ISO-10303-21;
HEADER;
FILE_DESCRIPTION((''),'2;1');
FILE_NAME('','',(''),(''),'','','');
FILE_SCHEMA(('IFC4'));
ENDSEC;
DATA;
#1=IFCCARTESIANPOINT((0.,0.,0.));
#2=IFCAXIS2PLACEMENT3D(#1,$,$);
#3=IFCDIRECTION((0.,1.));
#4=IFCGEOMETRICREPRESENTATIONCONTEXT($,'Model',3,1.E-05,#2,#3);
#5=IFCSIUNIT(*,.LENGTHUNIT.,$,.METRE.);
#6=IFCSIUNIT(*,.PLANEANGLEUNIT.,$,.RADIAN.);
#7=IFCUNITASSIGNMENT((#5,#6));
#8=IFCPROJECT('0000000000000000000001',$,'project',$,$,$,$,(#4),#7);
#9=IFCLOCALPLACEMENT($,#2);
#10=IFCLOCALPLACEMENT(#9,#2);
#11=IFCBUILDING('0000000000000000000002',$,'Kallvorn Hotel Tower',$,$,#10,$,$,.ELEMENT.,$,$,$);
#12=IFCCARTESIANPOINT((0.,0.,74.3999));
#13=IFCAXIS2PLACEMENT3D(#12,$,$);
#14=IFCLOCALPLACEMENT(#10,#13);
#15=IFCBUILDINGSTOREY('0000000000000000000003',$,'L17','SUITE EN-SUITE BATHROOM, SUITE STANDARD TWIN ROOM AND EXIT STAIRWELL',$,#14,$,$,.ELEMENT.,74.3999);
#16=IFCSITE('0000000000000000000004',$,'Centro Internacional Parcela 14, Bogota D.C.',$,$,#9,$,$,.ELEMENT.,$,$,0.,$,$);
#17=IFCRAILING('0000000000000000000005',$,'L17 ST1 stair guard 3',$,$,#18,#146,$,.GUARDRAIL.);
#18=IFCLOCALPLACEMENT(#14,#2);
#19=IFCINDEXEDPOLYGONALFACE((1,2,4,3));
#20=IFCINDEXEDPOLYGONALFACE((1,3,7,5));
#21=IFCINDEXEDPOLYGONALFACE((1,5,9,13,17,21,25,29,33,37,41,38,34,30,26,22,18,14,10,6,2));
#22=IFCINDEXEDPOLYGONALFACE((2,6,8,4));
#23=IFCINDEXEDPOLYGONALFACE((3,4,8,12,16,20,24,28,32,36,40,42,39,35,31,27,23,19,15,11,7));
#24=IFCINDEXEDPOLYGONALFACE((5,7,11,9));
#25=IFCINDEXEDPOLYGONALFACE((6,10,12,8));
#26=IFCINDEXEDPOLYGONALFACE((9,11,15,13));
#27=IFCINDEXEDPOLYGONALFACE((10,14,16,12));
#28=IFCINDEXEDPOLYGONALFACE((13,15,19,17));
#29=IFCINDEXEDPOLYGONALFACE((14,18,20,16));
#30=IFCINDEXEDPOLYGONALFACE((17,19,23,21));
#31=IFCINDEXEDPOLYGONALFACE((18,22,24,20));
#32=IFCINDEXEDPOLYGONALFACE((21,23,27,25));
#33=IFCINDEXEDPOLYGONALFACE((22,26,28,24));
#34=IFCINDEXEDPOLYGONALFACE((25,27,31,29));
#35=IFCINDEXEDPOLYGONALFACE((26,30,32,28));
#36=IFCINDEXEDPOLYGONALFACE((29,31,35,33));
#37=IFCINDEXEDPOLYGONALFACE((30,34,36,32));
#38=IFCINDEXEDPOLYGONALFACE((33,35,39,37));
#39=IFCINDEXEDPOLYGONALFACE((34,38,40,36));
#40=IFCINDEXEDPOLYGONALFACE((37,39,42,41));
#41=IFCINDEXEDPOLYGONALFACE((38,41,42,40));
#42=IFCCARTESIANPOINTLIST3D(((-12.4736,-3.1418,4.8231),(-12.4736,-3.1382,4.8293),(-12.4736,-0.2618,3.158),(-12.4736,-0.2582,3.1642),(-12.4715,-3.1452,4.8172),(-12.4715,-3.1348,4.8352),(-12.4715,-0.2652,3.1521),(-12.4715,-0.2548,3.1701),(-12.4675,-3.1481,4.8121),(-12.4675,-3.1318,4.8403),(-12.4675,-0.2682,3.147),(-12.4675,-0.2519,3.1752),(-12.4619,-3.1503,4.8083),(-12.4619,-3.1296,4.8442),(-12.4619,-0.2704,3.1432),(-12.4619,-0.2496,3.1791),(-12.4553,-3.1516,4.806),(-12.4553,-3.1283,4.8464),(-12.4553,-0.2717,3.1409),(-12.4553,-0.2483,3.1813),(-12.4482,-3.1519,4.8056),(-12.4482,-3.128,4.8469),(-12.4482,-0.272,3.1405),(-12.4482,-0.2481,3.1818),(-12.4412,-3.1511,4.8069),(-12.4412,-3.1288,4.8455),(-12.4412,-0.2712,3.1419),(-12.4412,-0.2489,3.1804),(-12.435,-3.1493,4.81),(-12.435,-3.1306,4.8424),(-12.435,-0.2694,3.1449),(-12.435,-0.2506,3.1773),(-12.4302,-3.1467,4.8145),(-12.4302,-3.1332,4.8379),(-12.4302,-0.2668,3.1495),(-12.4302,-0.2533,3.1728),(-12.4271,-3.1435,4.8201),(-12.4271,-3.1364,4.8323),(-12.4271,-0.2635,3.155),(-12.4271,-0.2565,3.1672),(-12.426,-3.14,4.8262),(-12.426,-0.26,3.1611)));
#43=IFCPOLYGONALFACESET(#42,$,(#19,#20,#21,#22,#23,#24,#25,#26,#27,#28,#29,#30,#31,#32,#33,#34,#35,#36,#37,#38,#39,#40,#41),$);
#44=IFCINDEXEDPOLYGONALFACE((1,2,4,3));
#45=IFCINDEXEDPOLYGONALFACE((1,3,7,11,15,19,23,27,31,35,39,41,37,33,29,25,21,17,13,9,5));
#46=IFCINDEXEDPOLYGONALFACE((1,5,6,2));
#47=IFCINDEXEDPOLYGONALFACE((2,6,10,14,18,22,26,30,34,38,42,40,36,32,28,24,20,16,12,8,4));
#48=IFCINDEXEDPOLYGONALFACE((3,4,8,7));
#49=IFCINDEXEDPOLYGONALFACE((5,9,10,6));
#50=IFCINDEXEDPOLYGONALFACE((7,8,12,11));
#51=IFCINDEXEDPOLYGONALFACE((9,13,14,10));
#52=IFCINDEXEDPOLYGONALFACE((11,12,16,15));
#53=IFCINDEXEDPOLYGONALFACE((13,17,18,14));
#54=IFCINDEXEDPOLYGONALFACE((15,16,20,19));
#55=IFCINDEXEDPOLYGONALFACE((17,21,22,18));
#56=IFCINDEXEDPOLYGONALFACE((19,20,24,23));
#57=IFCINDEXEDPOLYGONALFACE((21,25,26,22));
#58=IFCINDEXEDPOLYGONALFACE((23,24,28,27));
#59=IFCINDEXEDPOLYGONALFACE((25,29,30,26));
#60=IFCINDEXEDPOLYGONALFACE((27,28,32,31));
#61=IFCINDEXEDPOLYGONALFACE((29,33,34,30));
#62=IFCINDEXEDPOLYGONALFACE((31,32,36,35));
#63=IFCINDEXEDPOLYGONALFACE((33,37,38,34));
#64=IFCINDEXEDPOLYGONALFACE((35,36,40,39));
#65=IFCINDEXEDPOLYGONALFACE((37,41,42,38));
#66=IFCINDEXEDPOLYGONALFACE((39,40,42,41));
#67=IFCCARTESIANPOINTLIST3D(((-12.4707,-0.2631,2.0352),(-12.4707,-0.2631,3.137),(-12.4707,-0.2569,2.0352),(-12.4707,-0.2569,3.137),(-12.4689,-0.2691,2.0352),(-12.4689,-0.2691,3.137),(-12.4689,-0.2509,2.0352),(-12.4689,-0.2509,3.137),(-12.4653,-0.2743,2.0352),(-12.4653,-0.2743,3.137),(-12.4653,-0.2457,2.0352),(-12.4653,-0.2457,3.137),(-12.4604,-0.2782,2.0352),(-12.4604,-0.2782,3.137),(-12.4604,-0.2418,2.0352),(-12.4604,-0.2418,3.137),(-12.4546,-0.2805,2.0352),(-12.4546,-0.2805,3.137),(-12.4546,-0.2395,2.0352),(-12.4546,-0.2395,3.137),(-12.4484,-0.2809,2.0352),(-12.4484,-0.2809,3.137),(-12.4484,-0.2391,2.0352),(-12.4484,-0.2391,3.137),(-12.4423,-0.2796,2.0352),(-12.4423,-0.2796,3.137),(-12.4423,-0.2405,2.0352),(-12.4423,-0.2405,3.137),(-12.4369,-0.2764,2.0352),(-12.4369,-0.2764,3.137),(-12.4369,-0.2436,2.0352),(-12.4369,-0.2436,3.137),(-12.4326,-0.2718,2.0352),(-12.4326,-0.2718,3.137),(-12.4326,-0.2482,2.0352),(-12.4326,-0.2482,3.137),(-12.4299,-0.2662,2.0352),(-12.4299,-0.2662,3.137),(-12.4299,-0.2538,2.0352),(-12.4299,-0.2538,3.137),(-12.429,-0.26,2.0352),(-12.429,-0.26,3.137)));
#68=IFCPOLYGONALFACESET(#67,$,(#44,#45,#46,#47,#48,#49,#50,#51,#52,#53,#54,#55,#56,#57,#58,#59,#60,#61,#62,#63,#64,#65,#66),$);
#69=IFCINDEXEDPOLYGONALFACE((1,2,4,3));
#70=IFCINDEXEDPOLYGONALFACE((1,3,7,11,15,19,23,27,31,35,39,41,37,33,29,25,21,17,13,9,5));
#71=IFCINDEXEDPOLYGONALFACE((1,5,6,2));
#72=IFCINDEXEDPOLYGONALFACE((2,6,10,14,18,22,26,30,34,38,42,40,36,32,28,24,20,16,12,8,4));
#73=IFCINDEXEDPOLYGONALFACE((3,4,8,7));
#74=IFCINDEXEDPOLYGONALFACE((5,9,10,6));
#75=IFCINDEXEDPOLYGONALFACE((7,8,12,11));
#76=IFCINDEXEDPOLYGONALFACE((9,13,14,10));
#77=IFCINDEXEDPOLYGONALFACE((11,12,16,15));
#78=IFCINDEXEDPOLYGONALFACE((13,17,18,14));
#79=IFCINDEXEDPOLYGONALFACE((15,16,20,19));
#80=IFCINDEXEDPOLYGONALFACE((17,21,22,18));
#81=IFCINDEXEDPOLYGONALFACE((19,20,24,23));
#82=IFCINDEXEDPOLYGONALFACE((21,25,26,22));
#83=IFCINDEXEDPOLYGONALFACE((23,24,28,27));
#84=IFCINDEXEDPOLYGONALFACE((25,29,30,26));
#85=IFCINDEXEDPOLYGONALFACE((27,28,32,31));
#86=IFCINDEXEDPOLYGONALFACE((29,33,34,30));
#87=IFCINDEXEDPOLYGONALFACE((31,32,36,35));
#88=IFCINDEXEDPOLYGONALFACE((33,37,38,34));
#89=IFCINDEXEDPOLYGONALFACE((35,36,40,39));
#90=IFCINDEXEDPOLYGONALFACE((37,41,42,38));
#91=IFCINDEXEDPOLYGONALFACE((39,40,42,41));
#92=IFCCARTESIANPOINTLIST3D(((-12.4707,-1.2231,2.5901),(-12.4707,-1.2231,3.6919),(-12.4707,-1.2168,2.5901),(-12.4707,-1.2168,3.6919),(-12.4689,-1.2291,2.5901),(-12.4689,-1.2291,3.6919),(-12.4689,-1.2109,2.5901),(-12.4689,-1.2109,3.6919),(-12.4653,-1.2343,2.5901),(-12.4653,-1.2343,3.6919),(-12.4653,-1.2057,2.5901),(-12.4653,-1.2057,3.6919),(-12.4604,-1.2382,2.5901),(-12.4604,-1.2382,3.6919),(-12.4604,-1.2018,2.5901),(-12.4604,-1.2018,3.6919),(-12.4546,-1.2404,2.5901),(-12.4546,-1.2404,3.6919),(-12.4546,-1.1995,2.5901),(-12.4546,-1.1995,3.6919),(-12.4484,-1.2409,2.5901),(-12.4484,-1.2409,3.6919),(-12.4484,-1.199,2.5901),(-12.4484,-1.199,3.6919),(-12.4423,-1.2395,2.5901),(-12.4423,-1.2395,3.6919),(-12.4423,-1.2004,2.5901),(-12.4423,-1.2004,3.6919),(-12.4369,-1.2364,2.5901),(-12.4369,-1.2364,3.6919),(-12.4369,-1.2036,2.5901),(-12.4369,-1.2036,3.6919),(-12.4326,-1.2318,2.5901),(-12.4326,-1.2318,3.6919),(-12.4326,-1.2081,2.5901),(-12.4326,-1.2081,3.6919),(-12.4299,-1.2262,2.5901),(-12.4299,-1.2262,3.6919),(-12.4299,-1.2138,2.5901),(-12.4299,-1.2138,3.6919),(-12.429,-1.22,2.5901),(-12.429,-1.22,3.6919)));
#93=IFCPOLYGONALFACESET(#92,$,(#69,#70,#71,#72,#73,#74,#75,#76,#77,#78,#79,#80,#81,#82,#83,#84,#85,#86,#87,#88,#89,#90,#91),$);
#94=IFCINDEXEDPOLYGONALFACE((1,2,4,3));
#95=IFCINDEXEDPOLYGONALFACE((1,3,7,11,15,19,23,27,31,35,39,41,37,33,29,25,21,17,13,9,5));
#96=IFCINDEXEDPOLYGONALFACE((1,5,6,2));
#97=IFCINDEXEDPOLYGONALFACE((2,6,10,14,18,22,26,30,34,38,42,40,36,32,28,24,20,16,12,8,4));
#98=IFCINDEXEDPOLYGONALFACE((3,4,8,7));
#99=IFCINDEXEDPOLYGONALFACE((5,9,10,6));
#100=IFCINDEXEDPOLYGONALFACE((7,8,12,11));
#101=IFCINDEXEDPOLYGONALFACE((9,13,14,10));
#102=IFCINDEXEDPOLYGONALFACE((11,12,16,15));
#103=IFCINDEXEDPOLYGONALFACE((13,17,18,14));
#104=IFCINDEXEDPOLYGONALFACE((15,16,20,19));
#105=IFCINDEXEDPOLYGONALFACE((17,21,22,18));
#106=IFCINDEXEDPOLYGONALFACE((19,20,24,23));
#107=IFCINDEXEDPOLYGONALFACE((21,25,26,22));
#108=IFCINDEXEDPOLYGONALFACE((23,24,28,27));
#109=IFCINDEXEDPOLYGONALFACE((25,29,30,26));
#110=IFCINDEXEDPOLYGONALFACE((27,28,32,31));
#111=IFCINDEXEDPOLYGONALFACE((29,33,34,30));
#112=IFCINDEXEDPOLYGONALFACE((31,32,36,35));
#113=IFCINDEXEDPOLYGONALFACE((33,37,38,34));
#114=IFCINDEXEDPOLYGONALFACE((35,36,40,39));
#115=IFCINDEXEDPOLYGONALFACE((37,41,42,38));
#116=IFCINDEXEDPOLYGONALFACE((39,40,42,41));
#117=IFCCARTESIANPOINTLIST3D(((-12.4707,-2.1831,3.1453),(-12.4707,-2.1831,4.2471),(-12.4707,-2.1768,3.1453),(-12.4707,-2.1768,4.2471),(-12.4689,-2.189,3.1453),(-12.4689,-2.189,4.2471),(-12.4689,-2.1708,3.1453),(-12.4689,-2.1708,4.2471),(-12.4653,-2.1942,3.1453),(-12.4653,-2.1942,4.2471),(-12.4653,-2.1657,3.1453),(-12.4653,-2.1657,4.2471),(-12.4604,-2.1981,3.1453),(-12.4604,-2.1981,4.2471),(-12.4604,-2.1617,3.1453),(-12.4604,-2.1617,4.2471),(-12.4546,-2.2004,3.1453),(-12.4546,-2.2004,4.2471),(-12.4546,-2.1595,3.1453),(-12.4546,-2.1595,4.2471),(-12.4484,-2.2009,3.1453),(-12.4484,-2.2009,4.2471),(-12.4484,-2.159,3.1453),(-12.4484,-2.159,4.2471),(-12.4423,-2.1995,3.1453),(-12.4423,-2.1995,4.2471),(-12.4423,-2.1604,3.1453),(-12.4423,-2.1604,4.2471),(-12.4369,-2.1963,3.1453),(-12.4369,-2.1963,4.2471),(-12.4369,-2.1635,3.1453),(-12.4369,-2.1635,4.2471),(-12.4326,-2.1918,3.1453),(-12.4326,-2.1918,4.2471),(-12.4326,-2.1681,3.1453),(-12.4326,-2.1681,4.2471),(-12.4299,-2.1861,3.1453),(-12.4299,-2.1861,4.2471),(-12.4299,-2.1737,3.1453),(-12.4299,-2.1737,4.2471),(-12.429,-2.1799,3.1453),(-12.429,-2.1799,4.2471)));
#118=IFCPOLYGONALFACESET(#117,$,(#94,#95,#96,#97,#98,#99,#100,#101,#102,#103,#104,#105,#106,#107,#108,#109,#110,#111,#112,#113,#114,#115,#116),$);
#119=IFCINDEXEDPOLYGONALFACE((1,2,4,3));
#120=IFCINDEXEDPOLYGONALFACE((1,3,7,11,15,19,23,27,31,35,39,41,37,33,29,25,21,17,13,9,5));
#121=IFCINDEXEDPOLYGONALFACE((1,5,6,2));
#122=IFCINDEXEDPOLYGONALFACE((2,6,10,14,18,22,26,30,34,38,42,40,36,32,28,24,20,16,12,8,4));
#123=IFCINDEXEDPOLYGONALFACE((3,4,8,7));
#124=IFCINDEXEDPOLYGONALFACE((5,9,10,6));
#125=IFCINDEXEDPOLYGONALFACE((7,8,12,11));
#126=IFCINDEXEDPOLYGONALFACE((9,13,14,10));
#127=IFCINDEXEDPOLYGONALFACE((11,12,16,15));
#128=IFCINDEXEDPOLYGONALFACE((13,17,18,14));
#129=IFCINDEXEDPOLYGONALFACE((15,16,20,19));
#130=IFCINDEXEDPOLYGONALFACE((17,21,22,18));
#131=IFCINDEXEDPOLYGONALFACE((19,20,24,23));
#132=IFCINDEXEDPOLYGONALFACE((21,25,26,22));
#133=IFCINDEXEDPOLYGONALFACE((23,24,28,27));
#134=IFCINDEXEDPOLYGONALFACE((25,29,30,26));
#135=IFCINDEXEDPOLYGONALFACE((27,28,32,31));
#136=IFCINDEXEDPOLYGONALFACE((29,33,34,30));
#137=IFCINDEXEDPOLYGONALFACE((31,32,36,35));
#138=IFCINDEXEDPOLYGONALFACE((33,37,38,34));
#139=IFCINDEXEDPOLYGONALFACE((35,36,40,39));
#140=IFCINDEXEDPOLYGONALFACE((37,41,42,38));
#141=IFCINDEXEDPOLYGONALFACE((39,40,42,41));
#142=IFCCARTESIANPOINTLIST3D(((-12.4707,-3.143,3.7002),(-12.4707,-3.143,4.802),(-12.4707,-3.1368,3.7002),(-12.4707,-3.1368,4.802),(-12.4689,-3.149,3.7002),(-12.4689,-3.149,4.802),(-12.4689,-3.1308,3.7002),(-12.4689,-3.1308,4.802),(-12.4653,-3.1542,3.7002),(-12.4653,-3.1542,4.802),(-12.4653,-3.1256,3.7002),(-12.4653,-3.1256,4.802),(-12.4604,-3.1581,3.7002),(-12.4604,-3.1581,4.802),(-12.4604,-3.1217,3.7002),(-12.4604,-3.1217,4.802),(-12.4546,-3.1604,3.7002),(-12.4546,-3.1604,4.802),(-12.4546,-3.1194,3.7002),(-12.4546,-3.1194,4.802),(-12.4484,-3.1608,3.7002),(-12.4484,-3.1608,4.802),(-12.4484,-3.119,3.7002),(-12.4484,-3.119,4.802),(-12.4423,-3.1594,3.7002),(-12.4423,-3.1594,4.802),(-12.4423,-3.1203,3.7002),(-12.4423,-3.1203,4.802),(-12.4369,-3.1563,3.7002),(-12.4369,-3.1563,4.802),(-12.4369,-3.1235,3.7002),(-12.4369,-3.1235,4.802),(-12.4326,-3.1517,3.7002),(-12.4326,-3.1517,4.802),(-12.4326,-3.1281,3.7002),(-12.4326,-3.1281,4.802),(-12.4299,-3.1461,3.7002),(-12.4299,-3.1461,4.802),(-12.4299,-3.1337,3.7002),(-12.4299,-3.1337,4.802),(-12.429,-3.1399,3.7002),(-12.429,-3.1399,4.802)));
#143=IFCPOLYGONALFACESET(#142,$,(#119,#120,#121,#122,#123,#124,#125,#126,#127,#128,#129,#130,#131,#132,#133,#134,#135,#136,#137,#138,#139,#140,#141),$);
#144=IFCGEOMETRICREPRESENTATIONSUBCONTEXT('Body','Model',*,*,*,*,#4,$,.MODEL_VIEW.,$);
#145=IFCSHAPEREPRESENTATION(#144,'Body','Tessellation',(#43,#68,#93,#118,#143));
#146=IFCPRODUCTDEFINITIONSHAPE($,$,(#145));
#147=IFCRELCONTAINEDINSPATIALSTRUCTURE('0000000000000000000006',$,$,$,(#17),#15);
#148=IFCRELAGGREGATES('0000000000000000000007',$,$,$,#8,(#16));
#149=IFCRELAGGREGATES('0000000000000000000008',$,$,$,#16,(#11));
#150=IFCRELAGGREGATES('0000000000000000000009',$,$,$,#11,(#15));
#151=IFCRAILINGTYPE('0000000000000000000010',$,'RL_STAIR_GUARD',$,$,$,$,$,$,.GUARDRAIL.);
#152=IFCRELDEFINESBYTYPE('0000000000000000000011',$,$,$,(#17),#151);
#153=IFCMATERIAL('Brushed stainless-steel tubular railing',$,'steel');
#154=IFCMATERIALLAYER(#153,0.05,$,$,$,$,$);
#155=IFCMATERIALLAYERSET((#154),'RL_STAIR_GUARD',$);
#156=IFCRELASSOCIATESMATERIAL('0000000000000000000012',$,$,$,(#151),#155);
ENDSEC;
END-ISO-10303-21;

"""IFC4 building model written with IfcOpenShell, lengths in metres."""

from ifc_helpers import new_model, si_unit, direction, frame, origin, origin_2d, place, context, subcontext, project, spatial, circle, extrude, material, layer, layer_set, type_object, element, save


model = new_model("IFC4")

# Units and contexts
model_context = context("Model", 3, precision=1e-05, world=origin(), true_north=direction((0.0, 1.0)))
body_context = subcontext(model_context, "Body", "Model", "MODEL_VIEW")
ifc_project = project(units=[si_unit("LENGTHUNIT", "METRE"), si_unit("PLANEANGLEUNIT", "RADIAN")], contexts=[model_context])

# Site, building, storey
site_placement = place(None, origin())
site = spatial("IfcSite", under=ifc_project, at=site_placement, Name="Centro Internacional Parcela 14, Bogota D.C.", CompositionType="ELEMENT", RefElevation=0.0)
building_placement = place(site_placement, origin())
building = spatial("IfcBuilding", under=site, at=building_placement, Name="Kallvorn Hotel Tower", CompositionType="ELEMENT")
storey_placement = place(building_placement, frame((0.0, 0.0, 74.3999)))
storey = spatial("IfcBuildingStorey", under=building, at=storey_placement, Name="L17", Description="SUITE EN-SUITE BATHROOM, SUITE STANDARD TWIN ROOM AND EXIT STAIRWELL", CompositionType="ELEMENT", Elevation=74.3999)

# Railing
ifc_material_1 = material(Name="Brushed stainless-steel tubular railing", Category="steel")
ifc_layer_1 = layer(ifc_material_1, 0.05)
ifc_layer_set_1 = layer_set([ifc_layer_1], Name="RL_STAIR_GUARD")
railing_type = type_object("IfcRailingType", Name="RL_STAIR_GUARD", PredefinedType="GUARDRAIL", material=ifc_layer_set_1)
railing_1_placement = place(storey_placement, frame((-12.45, -0.26, 2.0352)))
element("IfcRailing", 1, at=railing_1_placement, inside=storey, type_object=railing_type, Name="L17 ST1 stair guard 3", PredefinedType="GUARDRAIL", context=body_context, shape_type="SweptSolid", body=[
    extrude(circle(Radius=0.0239, at=origin_2d()), frame((0.0, 0.0, 1.126), z_axis=(0.0, -0.865721, 0.500527), x_axis=(1.0, 0.0, 0.0)), (0.0, 0.0, 1.0), 3.3267),
    extrude(circle(Radius=0.021, at=origin_2d()), origin(), (0.0, 0.0, 1.0), 1.1018),
    extrude(circle(Radius=0.021, at=origin_2d()), frame((0.0, -0.96, 0.5549)), (0.0, 0.0, 1.0), 1.1018),
    extrude(circle(Radius=0.021, at=origin_2d()), frame((0.0, -1.9199, 1.1101)), (0.0, 0.0, 1.0), 1.1018),
    extrude(circle(Radius=0.021, at=origin_2d()), frame((0.0, -2.8799, 1.665)), (0.0, 0.0, 1.0), 1.1018),
])

save(model, "model.ifc")
